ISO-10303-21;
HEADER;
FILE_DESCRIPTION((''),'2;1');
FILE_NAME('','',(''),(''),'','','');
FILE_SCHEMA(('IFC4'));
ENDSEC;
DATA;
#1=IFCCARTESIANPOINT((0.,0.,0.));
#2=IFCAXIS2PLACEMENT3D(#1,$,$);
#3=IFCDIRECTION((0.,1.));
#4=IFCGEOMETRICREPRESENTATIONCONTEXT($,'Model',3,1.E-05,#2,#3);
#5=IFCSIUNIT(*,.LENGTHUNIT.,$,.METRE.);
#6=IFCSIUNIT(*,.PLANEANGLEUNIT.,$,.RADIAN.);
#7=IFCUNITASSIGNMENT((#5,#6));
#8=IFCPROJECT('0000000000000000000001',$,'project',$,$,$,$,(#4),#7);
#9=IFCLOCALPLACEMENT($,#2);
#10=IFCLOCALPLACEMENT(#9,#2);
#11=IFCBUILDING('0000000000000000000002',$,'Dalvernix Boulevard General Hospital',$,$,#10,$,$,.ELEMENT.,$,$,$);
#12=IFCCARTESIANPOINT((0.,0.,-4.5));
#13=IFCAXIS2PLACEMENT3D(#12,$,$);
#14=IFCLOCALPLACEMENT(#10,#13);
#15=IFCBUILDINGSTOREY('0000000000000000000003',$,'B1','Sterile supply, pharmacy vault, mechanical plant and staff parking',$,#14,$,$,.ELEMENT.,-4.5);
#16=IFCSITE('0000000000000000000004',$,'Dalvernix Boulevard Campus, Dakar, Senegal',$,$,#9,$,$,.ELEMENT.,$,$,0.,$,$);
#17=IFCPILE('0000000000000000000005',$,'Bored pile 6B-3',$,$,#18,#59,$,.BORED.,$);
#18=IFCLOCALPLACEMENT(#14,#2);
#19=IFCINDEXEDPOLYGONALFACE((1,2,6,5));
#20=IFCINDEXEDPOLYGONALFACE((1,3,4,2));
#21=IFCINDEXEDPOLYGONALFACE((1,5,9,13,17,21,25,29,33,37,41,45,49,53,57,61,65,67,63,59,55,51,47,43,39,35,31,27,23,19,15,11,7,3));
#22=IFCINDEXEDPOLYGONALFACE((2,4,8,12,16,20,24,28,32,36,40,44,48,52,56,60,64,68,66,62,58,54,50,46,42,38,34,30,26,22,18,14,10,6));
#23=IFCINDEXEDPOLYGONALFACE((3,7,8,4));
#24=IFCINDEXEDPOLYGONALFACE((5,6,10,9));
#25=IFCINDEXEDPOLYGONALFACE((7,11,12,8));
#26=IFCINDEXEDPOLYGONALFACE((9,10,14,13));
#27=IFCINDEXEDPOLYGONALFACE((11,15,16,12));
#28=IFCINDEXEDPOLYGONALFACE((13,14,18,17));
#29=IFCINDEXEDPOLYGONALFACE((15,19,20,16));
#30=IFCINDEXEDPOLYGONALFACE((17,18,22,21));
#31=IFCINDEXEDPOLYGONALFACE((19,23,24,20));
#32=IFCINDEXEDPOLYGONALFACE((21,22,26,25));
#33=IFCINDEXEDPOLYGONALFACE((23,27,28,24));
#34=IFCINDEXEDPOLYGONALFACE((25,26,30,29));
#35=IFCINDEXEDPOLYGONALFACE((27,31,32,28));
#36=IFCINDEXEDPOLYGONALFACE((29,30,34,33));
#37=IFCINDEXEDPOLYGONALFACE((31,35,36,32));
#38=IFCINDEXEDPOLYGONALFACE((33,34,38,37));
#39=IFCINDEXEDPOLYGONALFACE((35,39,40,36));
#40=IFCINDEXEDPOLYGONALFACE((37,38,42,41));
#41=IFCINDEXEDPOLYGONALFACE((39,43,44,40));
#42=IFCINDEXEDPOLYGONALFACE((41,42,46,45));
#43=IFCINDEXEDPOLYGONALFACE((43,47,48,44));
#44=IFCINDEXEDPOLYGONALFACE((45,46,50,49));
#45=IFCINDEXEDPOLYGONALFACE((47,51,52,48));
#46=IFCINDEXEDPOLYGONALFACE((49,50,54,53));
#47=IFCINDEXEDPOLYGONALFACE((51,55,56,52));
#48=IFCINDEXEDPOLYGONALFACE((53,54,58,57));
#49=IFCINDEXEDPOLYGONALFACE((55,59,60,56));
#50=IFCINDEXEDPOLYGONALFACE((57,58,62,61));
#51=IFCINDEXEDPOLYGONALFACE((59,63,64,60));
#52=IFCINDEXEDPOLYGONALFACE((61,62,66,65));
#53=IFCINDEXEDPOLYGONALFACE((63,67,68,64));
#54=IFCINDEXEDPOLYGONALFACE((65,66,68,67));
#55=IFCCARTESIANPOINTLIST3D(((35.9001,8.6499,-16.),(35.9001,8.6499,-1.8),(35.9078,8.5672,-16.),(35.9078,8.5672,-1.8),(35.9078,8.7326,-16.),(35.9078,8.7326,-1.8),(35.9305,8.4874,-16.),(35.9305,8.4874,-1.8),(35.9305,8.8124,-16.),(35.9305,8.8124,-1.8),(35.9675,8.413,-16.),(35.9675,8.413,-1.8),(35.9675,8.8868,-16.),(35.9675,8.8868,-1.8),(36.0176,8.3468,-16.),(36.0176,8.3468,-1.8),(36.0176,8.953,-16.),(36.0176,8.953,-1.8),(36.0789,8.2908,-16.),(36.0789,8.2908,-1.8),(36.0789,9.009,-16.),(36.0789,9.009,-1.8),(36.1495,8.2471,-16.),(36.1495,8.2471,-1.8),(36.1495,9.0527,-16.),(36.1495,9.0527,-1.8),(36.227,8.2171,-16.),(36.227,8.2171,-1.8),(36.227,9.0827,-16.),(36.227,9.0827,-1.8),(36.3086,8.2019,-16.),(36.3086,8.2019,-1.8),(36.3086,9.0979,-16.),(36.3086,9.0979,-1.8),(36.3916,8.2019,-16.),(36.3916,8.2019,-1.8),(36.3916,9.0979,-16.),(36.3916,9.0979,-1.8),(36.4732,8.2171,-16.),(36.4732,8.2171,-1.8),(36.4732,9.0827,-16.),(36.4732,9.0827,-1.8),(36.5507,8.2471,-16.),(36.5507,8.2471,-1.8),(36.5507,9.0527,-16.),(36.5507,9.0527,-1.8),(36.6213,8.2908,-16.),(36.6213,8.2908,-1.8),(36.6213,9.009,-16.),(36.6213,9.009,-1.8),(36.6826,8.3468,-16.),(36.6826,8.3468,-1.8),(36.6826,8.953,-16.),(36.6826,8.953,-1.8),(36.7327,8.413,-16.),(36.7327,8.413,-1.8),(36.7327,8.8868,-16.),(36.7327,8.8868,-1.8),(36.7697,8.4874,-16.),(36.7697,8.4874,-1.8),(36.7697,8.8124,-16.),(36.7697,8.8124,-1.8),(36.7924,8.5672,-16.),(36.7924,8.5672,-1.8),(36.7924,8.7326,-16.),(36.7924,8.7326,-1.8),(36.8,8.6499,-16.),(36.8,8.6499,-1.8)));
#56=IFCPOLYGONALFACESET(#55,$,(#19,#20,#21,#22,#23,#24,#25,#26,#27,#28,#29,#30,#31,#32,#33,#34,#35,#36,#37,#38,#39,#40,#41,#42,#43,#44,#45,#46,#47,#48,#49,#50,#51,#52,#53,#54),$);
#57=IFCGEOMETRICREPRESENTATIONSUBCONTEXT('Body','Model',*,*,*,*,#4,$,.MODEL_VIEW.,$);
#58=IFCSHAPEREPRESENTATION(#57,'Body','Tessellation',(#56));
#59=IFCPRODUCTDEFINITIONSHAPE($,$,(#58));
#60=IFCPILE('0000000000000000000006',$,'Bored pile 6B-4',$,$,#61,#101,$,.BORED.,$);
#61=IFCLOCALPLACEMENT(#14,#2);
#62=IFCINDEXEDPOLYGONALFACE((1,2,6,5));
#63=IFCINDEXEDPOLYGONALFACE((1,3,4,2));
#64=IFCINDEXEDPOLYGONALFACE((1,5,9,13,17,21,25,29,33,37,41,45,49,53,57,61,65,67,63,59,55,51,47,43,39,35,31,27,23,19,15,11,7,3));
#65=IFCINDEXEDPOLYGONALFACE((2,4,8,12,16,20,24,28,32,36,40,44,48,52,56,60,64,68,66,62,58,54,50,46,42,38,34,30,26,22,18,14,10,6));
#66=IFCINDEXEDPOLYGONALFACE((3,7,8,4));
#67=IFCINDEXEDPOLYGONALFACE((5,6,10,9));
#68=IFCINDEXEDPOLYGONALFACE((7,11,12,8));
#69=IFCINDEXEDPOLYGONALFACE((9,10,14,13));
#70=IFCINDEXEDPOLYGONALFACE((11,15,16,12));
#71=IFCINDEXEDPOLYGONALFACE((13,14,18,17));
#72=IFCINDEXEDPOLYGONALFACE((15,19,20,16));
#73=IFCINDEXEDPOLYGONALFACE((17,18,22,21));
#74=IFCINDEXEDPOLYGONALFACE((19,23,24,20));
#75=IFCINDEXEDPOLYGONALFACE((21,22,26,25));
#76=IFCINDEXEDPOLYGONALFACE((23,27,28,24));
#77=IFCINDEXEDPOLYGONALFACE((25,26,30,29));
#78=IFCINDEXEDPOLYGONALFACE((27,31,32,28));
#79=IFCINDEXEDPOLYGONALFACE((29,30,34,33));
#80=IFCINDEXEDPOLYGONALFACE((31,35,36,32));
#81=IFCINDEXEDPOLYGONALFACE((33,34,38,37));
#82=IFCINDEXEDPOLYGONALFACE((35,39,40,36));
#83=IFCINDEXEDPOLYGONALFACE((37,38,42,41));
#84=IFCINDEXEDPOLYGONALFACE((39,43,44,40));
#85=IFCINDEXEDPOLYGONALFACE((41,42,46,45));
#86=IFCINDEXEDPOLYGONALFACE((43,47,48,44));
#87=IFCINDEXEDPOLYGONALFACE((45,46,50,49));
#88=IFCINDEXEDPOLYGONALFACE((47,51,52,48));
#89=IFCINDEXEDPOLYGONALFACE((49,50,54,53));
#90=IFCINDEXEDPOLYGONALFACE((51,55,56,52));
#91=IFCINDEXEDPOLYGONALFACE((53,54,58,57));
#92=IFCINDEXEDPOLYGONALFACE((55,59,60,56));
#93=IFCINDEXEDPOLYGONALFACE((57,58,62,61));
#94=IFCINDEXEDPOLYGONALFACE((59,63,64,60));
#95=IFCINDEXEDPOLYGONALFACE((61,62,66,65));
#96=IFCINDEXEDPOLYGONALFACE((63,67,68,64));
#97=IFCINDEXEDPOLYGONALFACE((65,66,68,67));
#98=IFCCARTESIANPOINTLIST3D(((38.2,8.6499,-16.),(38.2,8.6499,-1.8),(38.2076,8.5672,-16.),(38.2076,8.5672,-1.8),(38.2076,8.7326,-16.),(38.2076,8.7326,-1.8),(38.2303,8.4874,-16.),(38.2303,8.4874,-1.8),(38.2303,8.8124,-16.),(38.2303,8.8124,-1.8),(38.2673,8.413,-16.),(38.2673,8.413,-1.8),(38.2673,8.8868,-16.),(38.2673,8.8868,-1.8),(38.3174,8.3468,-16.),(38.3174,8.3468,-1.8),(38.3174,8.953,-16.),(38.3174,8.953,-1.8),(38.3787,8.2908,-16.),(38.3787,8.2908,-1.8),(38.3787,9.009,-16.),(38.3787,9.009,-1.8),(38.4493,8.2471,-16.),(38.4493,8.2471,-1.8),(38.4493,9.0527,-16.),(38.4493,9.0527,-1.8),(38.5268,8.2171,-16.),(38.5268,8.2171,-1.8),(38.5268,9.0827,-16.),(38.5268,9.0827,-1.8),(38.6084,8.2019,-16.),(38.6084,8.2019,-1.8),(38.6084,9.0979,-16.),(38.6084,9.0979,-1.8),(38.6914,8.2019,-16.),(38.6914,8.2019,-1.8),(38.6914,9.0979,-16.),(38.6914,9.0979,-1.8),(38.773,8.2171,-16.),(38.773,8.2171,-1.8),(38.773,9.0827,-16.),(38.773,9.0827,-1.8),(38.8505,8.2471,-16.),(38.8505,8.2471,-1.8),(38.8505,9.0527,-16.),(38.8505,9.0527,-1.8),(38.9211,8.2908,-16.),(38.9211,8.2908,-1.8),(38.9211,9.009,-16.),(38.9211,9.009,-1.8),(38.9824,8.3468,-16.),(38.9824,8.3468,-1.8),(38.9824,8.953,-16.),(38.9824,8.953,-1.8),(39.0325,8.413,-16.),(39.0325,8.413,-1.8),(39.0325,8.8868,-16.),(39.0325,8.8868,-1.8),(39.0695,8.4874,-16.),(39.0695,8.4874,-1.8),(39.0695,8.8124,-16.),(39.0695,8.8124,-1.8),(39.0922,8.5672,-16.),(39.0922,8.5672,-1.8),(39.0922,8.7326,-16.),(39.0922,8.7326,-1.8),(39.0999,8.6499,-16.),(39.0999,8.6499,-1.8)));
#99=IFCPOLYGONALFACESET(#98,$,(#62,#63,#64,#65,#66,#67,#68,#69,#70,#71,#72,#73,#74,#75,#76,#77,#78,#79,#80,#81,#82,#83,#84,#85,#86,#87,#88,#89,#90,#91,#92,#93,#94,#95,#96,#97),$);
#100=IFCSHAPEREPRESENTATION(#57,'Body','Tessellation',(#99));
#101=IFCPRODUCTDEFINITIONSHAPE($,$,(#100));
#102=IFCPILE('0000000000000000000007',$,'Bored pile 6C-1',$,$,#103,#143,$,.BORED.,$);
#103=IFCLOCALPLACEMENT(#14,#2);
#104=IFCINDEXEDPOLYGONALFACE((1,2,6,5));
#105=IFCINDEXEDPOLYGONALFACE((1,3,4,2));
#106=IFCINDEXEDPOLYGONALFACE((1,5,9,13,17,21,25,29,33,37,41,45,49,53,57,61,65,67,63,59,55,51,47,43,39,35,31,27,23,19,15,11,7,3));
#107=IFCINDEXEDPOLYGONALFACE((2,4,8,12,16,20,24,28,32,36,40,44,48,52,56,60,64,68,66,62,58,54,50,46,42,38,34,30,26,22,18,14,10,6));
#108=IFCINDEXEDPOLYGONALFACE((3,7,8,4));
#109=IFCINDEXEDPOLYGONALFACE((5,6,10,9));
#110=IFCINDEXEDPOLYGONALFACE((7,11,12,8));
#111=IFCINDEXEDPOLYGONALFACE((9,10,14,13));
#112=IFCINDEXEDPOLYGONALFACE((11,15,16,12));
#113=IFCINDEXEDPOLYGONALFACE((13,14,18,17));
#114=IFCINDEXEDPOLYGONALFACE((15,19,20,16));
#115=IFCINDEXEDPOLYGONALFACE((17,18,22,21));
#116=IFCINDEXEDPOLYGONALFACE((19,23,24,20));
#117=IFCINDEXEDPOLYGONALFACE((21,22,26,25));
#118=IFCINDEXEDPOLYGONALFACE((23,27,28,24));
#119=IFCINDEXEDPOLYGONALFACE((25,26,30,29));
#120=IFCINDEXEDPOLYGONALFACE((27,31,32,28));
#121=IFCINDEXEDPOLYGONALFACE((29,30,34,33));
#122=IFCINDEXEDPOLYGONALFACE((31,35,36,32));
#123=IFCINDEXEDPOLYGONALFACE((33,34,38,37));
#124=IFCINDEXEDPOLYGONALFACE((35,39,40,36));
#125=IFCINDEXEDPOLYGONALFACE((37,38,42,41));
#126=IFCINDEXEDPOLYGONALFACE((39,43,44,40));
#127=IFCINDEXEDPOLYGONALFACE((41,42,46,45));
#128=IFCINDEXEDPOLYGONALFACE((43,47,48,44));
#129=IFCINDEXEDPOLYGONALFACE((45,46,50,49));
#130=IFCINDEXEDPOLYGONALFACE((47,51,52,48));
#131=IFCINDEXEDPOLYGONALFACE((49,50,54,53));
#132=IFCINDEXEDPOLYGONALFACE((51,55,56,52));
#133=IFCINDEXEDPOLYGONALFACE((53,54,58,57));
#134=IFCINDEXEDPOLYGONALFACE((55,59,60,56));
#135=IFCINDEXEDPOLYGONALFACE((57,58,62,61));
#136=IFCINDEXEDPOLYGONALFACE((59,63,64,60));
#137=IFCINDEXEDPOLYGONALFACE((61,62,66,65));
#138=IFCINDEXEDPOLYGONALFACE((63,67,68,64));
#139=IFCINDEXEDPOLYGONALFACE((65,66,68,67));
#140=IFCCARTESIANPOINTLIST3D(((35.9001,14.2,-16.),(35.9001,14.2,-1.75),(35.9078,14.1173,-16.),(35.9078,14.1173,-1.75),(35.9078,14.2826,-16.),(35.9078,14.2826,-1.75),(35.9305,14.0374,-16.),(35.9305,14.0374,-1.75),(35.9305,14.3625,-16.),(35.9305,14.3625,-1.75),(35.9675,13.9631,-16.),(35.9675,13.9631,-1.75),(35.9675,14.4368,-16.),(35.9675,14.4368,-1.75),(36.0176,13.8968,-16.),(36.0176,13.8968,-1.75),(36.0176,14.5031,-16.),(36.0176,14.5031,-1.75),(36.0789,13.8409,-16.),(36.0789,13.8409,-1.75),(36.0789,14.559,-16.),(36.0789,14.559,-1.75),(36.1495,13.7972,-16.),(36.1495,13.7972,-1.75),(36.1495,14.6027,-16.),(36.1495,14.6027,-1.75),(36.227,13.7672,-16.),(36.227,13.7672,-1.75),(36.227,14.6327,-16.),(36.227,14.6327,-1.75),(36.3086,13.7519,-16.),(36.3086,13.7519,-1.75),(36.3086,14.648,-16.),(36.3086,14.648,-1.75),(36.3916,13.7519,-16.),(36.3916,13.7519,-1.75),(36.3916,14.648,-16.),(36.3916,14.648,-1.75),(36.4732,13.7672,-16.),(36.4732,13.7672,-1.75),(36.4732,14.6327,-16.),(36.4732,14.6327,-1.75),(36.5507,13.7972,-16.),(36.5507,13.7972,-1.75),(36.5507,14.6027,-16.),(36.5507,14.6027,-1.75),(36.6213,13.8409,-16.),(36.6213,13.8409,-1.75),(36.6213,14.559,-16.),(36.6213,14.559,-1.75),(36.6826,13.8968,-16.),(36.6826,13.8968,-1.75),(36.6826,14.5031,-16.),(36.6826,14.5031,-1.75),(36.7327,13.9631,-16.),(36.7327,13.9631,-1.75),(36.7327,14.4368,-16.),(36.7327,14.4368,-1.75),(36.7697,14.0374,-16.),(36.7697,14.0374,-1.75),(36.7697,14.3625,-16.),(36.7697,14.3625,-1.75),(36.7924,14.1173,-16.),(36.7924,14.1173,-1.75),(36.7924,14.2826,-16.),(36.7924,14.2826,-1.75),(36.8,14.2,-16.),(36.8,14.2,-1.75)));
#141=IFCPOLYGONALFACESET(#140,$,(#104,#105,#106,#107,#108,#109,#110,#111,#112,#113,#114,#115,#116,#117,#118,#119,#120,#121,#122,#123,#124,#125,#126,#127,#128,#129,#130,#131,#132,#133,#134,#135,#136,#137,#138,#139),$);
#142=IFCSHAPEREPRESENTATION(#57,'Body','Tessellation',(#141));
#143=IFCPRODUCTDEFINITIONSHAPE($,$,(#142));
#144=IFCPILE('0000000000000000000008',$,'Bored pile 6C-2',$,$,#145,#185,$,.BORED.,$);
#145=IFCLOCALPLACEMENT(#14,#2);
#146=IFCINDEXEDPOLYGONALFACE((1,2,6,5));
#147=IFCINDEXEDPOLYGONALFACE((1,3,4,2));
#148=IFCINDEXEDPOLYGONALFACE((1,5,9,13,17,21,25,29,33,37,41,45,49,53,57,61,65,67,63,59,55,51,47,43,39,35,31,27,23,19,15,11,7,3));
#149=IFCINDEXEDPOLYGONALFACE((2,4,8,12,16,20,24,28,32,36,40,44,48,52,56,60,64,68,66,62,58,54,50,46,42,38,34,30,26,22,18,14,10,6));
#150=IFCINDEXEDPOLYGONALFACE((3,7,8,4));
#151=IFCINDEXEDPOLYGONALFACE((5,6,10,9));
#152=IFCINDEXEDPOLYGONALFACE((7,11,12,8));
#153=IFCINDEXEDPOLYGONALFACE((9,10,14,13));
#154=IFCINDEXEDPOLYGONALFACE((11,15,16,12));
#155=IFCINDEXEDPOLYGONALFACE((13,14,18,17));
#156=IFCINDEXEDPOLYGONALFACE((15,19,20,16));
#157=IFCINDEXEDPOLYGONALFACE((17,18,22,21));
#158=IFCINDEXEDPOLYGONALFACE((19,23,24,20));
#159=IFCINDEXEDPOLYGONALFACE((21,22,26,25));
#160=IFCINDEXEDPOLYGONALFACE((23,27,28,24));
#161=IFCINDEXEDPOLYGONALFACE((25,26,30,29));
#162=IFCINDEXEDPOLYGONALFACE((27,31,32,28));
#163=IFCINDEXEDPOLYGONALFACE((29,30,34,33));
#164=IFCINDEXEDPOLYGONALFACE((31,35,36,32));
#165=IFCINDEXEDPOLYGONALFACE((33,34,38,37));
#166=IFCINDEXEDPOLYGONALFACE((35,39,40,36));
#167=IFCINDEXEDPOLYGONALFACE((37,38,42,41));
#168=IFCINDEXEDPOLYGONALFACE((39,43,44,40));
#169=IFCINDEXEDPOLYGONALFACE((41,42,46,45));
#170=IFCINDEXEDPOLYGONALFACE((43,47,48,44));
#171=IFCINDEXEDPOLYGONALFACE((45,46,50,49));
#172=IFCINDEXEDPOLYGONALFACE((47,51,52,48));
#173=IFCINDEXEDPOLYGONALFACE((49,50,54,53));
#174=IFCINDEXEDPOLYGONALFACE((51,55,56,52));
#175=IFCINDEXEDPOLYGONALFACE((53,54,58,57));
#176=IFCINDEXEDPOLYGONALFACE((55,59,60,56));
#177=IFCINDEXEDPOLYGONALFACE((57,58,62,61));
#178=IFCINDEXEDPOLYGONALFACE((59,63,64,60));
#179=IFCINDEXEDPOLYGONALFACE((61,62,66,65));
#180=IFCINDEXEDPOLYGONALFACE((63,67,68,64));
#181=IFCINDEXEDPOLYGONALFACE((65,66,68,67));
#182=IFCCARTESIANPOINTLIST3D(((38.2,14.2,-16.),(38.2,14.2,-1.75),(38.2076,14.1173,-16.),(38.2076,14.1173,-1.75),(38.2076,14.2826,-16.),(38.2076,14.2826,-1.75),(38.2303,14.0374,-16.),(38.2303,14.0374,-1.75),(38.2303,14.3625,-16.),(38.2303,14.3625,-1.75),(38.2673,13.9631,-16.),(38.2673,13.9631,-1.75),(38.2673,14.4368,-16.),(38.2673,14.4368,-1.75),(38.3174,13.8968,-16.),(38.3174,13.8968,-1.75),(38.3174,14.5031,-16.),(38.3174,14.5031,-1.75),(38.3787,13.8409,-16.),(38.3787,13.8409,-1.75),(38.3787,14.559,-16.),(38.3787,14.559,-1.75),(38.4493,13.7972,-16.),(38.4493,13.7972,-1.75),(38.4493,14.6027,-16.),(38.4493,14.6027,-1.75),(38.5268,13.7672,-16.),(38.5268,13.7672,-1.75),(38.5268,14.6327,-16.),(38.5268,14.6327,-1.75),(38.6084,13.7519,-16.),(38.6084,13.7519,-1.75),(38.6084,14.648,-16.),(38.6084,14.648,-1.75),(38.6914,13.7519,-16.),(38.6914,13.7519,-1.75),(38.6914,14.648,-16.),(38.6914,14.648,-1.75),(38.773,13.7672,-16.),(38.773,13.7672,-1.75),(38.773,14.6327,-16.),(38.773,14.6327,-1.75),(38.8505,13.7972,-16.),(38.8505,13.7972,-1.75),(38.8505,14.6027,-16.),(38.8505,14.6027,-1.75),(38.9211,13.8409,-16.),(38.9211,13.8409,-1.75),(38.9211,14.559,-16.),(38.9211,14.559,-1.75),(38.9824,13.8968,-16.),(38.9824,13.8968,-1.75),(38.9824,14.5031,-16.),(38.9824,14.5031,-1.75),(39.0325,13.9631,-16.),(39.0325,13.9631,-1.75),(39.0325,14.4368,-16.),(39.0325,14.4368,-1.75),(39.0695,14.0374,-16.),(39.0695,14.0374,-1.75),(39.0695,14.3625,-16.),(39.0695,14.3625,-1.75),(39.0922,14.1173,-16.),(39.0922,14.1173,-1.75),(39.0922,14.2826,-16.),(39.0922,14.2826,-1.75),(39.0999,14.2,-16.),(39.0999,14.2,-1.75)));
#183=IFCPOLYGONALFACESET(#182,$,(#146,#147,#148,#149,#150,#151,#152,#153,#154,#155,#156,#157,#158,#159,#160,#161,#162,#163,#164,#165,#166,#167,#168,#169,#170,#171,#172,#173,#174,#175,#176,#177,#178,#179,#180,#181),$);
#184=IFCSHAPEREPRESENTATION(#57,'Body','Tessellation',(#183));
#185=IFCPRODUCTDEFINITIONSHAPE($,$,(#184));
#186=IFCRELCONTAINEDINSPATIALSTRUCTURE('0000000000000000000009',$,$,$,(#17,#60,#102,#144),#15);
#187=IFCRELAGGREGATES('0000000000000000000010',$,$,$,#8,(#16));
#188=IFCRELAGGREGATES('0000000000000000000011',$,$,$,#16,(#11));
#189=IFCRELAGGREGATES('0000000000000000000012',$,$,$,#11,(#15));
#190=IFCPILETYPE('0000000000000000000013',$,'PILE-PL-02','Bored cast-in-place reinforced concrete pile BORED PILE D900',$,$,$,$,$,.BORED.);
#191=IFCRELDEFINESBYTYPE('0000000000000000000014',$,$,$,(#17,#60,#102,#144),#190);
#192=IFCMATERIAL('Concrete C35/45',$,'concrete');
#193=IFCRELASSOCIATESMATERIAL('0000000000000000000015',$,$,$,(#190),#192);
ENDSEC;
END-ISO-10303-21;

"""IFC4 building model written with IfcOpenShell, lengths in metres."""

from ifc_helpers import new_model, si_unit, direction, frame, origin, origin_2d, place, context, subcontext, project, spatial, circle, extrude, material, material_profile, profile_set, type_object, element, save


model = new_model("IFC4")

# Units and contexts
model_context = context("Model", 3, precision=1e-05, world=origin(), true_north=direction((0.0, 1.0)))
body_context = subcontext(model_context, "Body", "Model", "MODEL_VIEW")
ifc_project = project(units=[si_unit("LENGTHUNIT", "METRE"), si_unit("PLANEANGLEUNIT", "RADIAN")], contexts=[model_context])

# Site, building, storey
site_placement = place(None, origin())
site = spatial("IfcSite", under=ifc_project, at=site_placement, Name="Dalvernix Boulevard Campus, Dakar, Senegal", CompositionType="ELEMENT", RefElevation=0.0)
building_placement = place(site_placement, origin())
building = spatial("IfcBuilding", under=site, at=building_placement, Name="Dalvernix Boulevard General Hospital", CompositionType="ELEMENT")
storey_placement = place(building_placement, frame((0.0, 0.0, -4.5)))
storey = spatial("IfcBuildingStorey", under=building, at=storey_placement, Name="B1", Description="Sterile supply, pharmacy vault, mechanical plant and staff parking", CompositionType="ELEMENT", Elevation=-4.5)

# Shared definitions
ifc_material_1 = material(Name="Concrete C35/45", Category="concrete")

# Piles
ifc_material_profile_1 = material_profile(ifc_material_1, circle(Radius=0.45, at=origin_2d()), Name="BORED PILE D900")
ifc_profile_set_1 = profile_set([ifc_material_profile_1], Name="Concrete C35/45")
pile_type_1 = type_object("IfcPileType", Name="PILE-PL-02", Description="Bored cast-in-place reinforced concrete pile BORED PILE D900", PredefinedType="BORED", material=ifc_profile_set_1)
for number, where, z_axis, x_axis, name in (
    (1, (36.3501, 8.6499, -1.8), (0.0, 0.0, -1.0), (1.0, 0.0, 0.0), "Bored pile 6B-3"),
    (2, (38.6499, 8.6499, -1.8), (0.0, 0.0, -1.0), (1.0, 0.0, 0.0), "Bored pile 6B-4"),
):
    element("IfcPile", number, at=place(storey_placement, frame(where, z_axis=z_axis, x_axis=x_axis)), inside=storey, type_object=pile_type_1, Name=name, PredefinedType="BORED", context=body_context, shape_type="SweptSolid", body=[
        extrude(circle(Radius=0.45, at=origin_2d()), origin(), (0.0, 0.0, 1.0), 14.2),
    ])
for number, where, z_axis, x_axis, name in (
    (3, (36.3501, 14.2, -1.75), (0.0, 0.0, -1.0), (1.0, 0.0, 0.0), "Bored pile 6C-1"),
    (4, (38.6499, 14.2, -1.75), (0.0, 0.0, -1.0), (1.0, 0.0, 0.0), "Bored pile 6C-2"),
):
    element("IfcPile", number, at=place(storey_placement, frame(where, z_axis=z_axis, x_axis=x_axis)), inside=storey, type_object=pile_type_1, Name=name, PredefinedType="BORED", context=body_context, shape_type="SweptSolid", body=[
        extrude(circle(Radius=0.45, at=origin_2d()), origin(), (0.0, 0.0, 1.0), 14.25),
    ])

save(model, "model.ifc")
